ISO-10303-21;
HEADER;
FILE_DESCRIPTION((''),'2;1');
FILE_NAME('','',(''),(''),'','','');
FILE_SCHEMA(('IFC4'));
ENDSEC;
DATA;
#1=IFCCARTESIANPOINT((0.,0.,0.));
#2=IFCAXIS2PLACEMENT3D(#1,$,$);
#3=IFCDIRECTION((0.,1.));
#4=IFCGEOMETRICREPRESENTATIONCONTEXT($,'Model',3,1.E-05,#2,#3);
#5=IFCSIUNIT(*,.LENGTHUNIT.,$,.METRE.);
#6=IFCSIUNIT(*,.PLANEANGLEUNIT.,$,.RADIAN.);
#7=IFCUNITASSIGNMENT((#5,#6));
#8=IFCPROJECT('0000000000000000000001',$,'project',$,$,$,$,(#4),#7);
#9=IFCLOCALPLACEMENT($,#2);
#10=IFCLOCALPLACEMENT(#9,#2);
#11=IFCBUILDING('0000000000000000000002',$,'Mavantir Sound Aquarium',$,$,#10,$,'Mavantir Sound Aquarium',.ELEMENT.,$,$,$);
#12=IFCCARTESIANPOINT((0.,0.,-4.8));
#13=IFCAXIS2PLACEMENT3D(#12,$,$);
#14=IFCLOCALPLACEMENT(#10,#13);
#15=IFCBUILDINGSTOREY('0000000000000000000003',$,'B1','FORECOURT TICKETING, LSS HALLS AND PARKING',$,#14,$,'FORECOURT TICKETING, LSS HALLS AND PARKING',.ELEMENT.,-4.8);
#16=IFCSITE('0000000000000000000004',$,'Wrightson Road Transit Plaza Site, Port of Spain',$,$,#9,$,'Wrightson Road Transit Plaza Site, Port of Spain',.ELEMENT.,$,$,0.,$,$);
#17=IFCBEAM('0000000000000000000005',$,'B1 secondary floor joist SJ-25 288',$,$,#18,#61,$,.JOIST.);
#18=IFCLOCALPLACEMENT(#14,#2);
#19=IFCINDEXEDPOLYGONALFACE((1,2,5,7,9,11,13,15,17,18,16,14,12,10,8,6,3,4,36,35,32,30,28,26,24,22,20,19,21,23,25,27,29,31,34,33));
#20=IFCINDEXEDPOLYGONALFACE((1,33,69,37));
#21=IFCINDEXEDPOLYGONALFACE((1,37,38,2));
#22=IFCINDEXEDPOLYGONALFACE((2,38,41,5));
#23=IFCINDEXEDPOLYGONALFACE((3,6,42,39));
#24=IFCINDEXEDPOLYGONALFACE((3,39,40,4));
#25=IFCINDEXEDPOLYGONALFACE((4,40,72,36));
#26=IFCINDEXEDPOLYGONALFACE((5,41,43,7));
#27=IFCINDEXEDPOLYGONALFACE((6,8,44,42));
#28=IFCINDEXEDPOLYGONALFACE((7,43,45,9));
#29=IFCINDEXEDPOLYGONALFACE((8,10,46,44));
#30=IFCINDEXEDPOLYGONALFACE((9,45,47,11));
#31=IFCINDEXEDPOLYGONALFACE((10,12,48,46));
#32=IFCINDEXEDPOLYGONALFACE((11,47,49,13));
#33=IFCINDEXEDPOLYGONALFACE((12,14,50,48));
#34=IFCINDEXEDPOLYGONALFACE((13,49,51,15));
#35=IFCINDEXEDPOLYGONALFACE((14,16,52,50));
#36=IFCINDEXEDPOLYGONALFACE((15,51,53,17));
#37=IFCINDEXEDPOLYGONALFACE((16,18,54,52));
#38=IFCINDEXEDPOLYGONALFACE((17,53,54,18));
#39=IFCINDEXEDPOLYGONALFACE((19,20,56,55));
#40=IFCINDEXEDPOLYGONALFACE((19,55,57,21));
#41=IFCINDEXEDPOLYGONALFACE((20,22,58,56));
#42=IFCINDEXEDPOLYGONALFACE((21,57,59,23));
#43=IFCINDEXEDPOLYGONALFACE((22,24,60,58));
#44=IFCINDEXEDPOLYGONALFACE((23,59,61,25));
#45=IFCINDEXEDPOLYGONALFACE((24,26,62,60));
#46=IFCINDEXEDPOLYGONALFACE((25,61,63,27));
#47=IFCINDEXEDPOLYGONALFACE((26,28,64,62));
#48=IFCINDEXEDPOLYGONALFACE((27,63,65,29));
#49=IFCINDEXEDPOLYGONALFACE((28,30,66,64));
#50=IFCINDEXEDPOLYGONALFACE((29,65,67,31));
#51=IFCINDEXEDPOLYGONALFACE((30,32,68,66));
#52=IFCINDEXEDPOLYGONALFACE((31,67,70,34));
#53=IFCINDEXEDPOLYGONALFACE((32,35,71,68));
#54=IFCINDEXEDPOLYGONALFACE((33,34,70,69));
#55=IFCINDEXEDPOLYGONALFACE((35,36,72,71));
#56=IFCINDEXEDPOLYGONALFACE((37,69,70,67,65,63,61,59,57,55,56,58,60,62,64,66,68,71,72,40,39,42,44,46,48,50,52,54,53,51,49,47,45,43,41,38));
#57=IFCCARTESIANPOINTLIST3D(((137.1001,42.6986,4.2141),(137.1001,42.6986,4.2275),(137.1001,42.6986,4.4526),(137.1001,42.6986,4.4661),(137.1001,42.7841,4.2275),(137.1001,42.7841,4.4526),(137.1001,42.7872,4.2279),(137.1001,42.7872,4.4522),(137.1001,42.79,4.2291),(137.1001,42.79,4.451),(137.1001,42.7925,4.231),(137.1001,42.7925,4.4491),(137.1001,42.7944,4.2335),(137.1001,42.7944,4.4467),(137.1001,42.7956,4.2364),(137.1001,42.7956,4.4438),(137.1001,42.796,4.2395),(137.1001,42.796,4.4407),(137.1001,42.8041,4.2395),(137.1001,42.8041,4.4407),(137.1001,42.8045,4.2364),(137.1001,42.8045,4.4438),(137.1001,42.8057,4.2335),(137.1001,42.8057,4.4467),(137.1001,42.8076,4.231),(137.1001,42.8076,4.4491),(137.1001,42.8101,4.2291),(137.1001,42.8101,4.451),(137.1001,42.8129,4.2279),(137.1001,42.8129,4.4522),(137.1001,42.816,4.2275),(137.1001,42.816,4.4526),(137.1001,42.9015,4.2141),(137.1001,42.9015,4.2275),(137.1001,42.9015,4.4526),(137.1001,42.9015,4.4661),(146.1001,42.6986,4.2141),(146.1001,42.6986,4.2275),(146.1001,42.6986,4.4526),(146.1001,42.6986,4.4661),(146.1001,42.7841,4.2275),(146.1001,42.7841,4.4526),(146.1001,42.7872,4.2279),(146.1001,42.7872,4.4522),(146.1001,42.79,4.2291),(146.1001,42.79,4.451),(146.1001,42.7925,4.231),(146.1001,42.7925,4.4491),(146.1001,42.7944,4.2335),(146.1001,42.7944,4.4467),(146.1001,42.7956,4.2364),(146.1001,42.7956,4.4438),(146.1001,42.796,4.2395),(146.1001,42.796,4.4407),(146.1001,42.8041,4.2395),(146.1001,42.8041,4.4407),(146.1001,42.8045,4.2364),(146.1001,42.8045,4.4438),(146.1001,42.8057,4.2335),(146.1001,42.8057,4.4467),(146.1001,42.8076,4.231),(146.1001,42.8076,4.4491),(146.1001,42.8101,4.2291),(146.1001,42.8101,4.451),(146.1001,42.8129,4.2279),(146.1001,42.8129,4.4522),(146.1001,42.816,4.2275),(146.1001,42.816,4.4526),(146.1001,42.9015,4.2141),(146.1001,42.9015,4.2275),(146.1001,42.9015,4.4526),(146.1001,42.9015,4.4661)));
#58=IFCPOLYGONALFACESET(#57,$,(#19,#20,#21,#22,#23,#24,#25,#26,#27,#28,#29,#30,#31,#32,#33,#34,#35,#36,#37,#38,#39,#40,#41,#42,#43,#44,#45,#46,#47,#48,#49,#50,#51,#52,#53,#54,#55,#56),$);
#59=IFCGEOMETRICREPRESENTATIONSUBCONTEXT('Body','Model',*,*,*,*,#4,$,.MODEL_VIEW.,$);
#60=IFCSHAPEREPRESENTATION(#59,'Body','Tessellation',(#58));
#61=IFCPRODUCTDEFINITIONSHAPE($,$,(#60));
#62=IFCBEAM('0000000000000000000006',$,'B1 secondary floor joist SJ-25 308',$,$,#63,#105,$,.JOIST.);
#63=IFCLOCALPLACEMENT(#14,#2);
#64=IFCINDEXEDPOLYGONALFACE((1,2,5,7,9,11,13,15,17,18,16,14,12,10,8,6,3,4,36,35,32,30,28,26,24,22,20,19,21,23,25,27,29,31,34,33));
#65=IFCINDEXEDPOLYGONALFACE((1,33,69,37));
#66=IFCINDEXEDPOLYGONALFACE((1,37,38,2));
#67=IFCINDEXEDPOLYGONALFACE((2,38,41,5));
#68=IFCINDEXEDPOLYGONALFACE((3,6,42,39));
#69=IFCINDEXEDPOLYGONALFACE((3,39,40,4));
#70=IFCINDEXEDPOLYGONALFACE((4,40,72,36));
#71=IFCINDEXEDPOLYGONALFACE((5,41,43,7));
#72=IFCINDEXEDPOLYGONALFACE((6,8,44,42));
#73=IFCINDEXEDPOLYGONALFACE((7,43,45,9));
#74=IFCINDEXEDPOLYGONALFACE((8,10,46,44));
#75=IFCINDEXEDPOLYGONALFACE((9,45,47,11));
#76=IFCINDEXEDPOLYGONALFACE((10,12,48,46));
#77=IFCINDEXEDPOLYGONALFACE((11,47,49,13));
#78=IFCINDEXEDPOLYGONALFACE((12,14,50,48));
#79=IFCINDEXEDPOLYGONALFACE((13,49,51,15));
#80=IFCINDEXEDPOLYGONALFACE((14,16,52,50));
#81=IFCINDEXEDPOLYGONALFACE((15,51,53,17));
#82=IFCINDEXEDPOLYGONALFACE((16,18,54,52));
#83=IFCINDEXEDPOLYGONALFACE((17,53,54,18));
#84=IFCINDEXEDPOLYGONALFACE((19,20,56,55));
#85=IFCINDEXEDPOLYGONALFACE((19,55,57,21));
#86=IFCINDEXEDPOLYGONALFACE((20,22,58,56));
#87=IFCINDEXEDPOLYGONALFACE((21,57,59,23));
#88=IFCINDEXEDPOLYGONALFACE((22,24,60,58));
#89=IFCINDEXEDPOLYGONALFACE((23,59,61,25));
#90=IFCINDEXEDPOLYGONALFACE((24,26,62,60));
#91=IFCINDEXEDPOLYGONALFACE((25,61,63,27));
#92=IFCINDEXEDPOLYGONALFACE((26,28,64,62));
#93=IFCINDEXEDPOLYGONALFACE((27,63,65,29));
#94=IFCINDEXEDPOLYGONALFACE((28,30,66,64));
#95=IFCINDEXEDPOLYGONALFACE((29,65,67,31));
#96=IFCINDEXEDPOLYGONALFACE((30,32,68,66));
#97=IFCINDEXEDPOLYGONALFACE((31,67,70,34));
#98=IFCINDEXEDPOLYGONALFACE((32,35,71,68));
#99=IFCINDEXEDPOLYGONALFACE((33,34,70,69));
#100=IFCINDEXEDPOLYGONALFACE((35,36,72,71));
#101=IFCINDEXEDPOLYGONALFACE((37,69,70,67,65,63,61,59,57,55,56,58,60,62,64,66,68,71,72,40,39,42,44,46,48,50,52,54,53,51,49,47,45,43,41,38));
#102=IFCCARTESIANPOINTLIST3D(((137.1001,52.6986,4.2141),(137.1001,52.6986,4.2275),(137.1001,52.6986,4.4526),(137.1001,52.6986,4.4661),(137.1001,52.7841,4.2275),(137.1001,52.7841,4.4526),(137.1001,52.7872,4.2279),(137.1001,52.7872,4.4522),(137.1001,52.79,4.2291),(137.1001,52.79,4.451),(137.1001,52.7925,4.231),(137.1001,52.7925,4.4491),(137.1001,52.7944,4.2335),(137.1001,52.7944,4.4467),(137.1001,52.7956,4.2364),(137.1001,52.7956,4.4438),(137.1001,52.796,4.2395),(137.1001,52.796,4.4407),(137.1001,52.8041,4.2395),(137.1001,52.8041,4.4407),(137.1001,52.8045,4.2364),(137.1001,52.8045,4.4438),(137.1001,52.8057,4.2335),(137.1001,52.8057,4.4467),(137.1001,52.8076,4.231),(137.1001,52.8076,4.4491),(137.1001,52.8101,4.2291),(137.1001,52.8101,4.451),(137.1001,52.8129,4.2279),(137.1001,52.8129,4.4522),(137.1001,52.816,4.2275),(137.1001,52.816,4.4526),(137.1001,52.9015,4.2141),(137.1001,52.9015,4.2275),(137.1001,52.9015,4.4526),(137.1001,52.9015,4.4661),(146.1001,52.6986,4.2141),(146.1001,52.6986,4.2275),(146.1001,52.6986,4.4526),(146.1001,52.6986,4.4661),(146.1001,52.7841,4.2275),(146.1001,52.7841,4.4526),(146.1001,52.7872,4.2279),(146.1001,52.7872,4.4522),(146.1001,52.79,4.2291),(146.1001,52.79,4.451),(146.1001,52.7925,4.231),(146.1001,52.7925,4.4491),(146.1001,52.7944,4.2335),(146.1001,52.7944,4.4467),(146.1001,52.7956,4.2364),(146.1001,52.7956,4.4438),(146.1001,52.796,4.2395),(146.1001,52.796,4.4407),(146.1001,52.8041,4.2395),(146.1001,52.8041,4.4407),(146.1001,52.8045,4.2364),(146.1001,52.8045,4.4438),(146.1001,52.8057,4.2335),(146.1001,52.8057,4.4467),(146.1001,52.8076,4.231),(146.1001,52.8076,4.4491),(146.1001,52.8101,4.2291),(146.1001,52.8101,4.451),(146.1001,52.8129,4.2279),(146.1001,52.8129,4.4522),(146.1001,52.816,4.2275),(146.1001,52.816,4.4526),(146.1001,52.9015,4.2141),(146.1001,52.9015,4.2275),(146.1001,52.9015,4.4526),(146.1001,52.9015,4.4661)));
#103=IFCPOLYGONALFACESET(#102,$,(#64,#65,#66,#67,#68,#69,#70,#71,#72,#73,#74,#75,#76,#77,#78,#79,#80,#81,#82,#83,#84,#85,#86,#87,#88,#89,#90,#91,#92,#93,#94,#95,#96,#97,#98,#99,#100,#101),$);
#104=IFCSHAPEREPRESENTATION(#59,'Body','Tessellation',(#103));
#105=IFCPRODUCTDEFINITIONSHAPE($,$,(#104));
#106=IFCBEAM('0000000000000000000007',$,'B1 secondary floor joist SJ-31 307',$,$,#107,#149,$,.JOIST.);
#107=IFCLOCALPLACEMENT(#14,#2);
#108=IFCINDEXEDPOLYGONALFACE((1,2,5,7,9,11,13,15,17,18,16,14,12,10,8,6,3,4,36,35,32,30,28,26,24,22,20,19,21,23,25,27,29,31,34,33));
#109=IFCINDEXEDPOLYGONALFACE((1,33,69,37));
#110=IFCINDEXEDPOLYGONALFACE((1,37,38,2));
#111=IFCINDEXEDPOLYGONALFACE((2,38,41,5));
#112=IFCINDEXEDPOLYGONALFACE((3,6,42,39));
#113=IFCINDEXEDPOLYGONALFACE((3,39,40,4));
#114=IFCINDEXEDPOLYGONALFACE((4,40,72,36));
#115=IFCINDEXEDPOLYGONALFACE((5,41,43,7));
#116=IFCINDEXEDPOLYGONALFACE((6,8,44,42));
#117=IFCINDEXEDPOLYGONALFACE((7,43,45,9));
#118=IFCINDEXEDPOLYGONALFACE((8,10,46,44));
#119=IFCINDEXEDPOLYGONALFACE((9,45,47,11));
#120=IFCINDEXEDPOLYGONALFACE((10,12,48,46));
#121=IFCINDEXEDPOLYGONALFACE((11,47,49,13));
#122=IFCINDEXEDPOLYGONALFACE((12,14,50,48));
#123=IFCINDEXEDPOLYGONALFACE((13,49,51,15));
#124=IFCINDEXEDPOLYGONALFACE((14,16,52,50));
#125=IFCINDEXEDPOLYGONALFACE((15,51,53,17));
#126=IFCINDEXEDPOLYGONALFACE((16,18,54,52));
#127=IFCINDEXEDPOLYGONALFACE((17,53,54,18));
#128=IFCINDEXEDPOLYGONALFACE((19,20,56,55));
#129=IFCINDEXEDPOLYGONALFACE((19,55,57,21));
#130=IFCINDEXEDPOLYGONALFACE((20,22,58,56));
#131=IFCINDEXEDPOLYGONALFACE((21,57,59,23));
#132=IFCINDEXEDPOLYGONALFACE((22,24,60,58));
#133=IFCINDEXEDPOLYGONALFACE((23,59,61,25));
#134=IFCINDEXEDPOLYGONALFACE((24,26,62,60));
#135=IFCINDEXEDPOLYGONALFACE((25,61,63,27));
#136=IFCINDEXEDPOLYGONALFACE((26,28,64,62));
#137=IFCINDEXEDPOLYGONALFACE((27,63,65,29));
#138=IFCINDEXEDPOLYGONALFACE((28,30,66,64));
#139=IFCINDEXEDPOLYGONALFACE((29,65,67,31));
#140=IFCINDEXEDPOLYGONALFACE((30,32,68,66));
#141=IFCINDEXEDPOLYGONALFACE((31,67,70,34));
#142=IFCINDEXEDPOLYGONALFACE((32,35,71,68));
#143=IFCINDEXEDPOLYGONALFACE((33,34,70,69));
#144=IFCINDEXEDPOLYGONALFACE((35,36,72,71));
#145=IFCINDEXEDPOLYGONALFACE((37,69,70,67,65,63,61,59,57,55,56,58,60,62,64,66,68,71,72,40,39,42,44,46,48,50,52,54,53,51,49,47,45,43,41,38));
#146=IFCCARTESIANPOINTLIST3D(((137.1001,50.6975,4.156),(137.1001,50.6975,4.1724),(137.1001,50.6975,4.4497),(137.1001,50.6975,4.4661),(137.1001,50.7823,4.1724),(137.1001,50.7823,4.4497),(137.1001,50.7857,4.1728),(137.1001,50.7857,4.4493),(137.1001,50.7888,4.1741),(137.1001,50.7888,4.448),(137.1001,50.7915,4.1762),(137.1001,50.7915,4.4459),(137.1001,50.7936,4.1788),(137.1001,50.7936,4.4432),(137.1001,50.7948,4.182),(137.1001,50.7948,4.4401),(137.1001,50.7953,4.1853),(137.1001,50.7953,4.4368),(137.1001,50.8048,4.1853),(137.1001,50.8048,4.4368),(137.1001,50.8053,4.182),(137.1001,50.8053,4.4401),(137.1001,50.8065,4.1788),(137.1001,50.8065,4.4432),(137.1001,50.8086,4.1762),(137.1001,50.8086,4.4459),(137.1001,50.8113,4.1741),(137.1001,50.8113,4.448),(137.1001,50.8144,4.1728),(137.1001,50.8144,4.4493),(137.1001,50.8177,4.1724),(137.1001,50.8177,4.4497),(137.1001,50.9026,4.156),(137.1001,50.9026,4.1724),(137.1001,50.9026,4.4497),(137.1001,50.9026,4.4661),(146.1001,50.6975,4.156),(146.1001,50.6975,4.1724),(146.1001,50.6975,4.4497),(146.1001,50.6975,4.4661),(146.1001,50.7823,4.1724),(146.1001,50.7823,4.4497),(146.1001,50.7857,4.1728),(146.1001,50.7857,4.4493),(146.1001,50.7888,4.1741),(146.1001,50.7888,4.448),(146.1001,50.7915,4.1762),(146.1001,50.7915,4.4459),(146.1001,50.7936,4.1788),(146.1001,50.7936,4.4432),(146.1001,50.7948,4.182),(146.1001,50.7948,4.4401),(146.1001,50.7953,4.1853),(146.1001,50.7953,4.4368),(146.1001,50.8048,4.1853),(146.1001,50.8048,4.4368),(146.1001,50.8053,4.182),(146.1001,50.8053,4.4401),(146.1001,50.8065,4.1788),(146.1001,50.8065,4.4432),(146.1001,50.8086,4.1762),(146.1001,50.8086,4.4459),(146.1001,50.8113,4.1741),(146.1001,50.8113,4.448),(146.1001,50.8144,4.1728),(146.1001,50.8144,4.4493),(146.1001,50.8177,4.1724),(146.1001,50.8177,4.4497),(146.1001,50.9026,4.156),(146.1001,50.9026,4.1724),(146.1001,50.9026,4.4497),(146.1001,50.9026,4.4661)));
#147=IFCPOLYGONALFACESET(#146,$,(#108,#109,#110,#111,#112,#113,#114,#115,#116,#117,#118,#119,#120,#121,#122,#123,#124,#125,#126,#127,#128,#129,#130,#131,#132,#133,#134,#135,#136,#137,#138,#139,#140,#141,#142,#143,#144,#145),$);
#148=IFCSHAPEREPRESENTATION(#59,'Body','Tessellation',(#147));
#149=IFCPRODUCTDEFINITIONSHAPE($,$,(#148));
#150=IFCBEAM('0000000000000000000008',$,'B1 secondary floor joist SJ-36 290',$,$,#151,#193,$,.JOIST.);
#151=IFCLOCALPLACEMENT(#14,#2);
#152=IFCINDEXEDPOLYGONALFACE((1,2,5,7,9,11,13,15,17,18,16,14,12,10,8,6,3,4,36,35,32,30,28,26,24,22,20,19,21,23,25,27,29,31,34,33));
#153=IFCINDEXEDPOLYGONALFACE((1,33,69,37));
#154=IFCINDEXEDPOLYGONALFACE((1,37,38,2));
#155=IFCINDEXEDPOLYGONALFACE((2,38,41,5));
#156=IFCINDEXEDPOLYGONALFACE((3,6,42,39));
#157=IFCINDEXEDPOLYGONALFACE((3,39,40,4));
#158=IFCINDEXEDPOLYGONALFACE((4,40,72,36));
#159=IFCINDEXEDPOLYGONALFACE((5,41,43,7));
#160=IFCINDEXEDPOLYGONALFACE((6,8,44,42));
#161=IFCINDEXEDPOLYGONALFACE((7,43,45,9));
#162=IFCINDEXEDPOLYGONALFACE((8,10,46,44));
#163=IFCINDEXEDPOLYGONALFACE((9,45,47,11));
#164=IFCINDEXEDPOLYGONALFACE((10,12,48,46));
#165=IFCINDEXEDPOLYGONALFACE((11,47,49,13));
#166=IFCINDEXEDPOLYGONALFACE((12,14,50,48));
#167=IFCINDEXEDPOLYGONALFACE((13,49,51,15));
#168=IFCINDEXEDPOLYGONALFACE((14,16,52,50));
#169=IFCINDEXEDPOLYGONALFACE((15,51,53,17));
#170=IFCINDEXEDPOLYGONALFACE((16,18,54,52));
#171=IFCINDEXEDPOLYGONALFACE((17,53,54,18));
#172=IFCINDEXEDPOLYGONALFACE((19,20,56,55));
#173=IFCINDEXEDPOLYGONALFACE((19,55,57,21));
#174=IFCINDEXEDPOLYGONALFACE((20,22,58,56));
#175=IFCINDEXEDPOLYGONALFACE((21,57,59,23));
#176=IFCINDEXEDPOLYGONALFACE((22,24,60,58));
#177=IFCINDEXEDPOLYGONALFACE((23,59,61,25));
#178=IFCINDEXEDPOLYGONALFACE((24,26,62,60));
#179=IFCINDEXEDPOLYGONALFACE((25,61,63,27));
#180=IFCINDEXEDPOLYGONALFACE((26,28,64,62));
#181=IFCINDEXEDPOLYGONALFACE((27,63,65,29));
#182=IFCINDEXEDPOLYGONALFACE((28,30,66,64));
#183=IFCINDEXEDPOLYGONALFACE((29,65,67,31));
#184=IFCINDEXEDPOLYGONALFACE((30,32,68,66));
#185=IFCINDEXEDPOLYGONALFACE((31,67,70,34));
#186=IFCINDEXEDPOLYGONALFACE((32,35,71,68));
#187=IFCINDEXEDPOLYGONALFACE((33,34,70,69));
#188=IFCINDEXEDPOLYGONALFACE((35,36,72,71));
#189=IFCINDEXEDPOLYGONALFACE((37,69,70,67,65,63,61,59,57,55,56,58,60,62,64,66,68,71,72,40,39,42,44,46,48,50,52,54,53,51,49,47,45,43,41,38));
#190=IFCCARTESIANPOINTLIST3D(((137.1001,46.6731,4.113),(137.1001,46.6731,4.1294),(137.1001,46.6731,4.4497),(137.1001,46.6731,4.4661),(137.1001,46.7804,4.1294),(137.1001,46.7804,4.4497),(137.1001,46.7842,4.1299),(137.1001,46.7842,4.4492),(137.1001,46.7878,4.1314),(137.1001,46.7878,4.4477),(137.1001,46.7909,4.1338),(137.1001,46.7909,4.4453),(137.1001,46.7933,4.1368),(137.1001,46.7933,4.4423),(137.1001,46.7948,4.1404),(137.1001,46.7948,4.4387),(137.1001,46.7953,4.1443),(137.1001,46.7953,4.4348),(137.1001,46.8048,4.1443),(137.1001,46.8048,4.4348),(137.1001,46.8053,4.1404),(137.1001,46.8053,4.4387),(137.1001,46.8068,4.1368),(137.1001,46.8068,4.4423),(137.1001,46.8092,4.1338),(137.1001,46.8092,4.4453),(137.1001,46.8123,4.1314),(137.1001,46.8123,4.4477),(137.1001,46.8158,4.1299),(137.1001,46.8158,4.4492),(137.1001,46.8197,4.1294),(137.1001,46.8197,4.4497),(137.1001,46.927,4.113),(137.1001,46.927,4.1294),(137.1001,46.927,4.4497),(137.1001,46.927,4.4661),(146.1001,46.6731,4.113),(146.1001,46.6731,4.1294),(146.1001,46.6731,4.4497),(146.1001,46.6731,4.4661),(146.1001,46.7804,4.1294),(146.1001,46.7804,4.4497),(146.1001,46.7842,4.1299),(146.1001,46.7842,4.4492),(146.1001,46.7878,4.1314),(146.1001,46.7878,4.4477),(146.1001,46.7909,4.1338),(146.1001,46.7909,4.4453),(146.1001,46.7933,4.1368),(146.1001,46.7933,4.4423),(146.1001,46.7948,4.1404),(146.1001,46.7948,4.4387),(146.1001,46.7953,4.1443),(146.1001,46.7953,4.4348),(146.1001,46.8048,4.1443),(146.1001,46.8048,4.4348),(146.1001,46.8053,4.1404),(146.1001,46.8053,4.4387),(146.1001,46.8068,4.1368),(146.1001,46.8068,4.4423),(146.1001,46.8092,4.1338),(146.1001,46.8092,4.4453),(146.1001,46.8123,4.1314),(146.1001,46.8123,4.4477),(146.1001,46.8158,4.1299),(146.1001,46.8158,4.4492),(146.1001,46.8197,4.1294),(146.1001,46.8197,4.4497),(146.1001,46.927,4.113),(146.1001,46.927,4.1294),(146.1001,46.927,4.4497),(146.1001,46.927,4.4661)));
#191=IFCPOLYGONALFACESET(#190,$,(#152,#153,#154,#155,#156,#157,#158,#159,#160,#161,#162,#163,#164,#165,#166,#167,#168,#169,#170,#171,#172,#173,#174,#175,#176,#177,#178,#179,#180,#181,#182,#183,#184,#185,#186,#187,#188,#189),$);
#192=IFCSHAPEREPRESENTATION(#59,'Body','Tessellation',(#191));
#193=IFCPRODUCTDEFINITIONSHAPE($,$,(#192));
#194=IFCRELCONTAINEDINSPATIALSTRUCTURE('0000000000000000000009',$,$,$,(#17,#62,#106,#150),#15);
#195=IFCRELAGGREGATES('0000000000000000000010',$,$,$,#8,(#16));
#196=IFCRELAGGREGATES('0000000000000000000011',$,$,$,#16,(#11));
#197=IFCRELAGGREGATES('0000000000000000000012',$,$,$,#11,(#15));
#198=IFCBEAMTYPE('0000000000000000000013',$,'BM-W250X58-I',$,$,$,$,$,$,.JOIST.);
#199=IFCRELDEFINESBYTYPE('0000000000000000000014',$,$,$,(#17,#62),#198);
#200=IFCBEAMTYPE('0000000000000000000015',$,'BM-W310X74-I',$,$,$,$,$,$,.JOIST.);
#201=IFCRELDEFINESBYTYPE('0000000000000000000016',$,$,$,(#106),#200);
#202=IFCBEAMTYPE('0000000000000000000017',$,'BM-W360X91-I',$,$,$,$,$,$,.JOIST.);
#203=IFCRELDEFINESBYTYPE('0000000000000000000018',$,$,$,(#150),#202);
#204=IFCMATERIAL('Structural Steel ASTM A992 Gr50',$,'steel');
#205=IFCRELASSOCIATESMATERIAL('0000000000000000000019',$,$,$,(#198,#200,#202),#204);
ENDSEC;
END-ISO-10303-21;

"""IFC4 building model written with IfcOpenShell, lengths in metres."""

from ifc_helpers import new_model, si_unit, direction, frame, origin, origin_2d, place, context, subcontext, project, spatial, i_section, extrude, material, material_profile, profile_set, type_object, element, save


model = new_model("IFC4")

# Units and contexts
model_context = context("Model", 3, precision=1e-05, world=origin(), true_north=direction((0.0, 1.0)))
body_context = subcontext(model_context, "Body", "Model", "MODEL_VIEW")
ifc_project = project(units=[si_unit("LENGTHUNIT", "METRE"), si_unit("PLANEANGLEUNIT", "RADIAN")], contexts=[model_context])

# Site, building, storey
site_placement = place(None, origin())
site = spatial("IfcSite", under=ifc_project, at=site_placement, Name="Wrightson Road Transit Plaza Site, Port of Spain", LongName="Wrightson Road Transit Plaza Site, Port of Spain", CompositionType="ELEMENT", RefElevation=0.0)
building_placement = place(site_placement, origin())
building = spatial("IfcBuilding", under=site, at=building_placement, Name="Mavantir Sound Aquarium", LongName="Mavantir Sound Aquarium", CompositionType="ELEMENT")
storey_placement = place(building_placement, frame((0.0, 0.0, -4.8)))
storey = spatial("IfcBuildingStorey", under=building, at=storey_placement, Name="B1", Description="FORECOURT TICKETING, LSS HALLS AND PARKING", LongName="FORECOURT TICKETING, LSS HALLS AND PARKING", CompositionType="ELEMENT", Elevation=-4.8)

# Beams
ifc_material_1 = material(Name="Structural Steel ASTM A992 Gr50", Category="steel")
ifc_material_profile_1 = material_profile(ifc_material_1, i_section(OverallWidth=0.2029, OverallDepth=0.252, WebThickness=0.0081, FlangeThickness=0.0134, FilletRadius=0.012, at=origin_2d()), Name="W250X58")
ifc_profile_set_1 = profile_set([ifc_material_profile_1], Name="Structural Steel ASTM A992 Gr50")
beam_type_1 = type_object("IfcBeamType", Name="BM-W250X58-I", PredefinedType="JOIST", material=ifc_profile_set_1)
for number, where, z_axis, x_axis, name in (
    (1, (137.1001, 42.8, 4.3401), (1.0, 0.0, 0.0), (0.0, 1.0, 0.0), "B1 secondary floor joist SJ-25 288"),
    (2, (137.1001, 52.8, 4.3401), (1.0, 0.0, 0.0), (0.0, 1.0, 0.0), "B1 secondary floor joist SJ-25 308"),
):
    element("IfcBeam", number, at=place(storey_placement, frame(where, z_axis=z_axis, x_axis=x_axis)), inside=storey, type_object=beam_type_1, Name=name, PredefinedType="JOIST", context=body_context, shape_type="SweptSolid", body=[
        extrude(i_section(OverallWidth=0.2029, OverallDepth=0.252, WebThickness=0.0081, FlangeThickness=0.0134, FilletRadius=0.012, at=origin_2d()), origin(), (0.0, 0.0, 1.0), 9.0),
    ])
ifc_material_profile_2 = material_profile(ifc_material_1, i_section(OverallWidth=0.2051, OverallDepth=0.3101, WebThickness=0.0095, FlangeThickness=0.0164, FilletRadius=0.0129, at=origin_2d()), Name="W310X74")
ifc_profile_set_2 = profile_set([ifc_material_profile_2], Name="Structural Steel ASTM A992 Gr50")
beam_type_2 = type_object("IfcBeamType", Name="BM-W310X74-I", PredefinedType="JOIST", material=ifc_profile_set_2)
beam_1_placement = place(storey_placement, frame((137.1001, 50.8, 4.311), z_axis=(1.0, 0.0, 0.0), x_axis=(0.0, 1.0, 0.0)))
element("IfcBeam", 3, at=beam_1_placement, inside=storey, type_object=beam_type_2, Name="B1 secondary floor joist SJ-31 307", PredefinedType="JOIST", context=body_context, shape_type="SweptSolid", body=[
    extrude(i_section(OverallWidth=0.2051, OverallDepth=0.3101, WebThickness=0.0095, FlangeThickness=0.0164, FilletRadius=0.0129, at=origin_2d()), origin(), (0.0, 0.0, 1.0), 9.0),
])
ifc_material_profile_3 = material_profile(ifc_material_1, i_section(OverallWidth=0.2539, OverallDepth=0.353, WebThickness=0.0095, FlangeThickness=0.0164, FilletRadius=0.0149, at=origin_2d()), Name="W360X91")
ifc_profile_set_3 = profile_set([ifc_material_profile_3], Name="Structural Steel ASTM A992 Gr50")
beam_type_3 = type_object("IfcBeamType", Name="BM-W360X91-I", PredefinedType="JOIST", material=ifc_profile_set_3)
beam_2_placement = place(storey_placement, frame((137.1001, 46.8, 4.2896), z_axis=(1.0, 0.0, 0.0), x_axis=(0.0, 1.0, 0.0)))
element("IfcBeam", 4, at=beam_2_placement, inside=storey, type_object=beam_type_3, Name="B1 secondary floor joist SJ-36 290", PredefinedType="JOIST", context=body_context, shape_type="SweptSolid", body=[
    extrude(i_section(OverallWidth=0.2539, OverallDepth=0.353, WebThickness=0.0095, FlangeThickness=0.0164, FilletRadius=0.0149, at=origin_2d()), origin(), (0.0, 0.0, 1.0), 9.0),
])

save(model, "model.ifc")
